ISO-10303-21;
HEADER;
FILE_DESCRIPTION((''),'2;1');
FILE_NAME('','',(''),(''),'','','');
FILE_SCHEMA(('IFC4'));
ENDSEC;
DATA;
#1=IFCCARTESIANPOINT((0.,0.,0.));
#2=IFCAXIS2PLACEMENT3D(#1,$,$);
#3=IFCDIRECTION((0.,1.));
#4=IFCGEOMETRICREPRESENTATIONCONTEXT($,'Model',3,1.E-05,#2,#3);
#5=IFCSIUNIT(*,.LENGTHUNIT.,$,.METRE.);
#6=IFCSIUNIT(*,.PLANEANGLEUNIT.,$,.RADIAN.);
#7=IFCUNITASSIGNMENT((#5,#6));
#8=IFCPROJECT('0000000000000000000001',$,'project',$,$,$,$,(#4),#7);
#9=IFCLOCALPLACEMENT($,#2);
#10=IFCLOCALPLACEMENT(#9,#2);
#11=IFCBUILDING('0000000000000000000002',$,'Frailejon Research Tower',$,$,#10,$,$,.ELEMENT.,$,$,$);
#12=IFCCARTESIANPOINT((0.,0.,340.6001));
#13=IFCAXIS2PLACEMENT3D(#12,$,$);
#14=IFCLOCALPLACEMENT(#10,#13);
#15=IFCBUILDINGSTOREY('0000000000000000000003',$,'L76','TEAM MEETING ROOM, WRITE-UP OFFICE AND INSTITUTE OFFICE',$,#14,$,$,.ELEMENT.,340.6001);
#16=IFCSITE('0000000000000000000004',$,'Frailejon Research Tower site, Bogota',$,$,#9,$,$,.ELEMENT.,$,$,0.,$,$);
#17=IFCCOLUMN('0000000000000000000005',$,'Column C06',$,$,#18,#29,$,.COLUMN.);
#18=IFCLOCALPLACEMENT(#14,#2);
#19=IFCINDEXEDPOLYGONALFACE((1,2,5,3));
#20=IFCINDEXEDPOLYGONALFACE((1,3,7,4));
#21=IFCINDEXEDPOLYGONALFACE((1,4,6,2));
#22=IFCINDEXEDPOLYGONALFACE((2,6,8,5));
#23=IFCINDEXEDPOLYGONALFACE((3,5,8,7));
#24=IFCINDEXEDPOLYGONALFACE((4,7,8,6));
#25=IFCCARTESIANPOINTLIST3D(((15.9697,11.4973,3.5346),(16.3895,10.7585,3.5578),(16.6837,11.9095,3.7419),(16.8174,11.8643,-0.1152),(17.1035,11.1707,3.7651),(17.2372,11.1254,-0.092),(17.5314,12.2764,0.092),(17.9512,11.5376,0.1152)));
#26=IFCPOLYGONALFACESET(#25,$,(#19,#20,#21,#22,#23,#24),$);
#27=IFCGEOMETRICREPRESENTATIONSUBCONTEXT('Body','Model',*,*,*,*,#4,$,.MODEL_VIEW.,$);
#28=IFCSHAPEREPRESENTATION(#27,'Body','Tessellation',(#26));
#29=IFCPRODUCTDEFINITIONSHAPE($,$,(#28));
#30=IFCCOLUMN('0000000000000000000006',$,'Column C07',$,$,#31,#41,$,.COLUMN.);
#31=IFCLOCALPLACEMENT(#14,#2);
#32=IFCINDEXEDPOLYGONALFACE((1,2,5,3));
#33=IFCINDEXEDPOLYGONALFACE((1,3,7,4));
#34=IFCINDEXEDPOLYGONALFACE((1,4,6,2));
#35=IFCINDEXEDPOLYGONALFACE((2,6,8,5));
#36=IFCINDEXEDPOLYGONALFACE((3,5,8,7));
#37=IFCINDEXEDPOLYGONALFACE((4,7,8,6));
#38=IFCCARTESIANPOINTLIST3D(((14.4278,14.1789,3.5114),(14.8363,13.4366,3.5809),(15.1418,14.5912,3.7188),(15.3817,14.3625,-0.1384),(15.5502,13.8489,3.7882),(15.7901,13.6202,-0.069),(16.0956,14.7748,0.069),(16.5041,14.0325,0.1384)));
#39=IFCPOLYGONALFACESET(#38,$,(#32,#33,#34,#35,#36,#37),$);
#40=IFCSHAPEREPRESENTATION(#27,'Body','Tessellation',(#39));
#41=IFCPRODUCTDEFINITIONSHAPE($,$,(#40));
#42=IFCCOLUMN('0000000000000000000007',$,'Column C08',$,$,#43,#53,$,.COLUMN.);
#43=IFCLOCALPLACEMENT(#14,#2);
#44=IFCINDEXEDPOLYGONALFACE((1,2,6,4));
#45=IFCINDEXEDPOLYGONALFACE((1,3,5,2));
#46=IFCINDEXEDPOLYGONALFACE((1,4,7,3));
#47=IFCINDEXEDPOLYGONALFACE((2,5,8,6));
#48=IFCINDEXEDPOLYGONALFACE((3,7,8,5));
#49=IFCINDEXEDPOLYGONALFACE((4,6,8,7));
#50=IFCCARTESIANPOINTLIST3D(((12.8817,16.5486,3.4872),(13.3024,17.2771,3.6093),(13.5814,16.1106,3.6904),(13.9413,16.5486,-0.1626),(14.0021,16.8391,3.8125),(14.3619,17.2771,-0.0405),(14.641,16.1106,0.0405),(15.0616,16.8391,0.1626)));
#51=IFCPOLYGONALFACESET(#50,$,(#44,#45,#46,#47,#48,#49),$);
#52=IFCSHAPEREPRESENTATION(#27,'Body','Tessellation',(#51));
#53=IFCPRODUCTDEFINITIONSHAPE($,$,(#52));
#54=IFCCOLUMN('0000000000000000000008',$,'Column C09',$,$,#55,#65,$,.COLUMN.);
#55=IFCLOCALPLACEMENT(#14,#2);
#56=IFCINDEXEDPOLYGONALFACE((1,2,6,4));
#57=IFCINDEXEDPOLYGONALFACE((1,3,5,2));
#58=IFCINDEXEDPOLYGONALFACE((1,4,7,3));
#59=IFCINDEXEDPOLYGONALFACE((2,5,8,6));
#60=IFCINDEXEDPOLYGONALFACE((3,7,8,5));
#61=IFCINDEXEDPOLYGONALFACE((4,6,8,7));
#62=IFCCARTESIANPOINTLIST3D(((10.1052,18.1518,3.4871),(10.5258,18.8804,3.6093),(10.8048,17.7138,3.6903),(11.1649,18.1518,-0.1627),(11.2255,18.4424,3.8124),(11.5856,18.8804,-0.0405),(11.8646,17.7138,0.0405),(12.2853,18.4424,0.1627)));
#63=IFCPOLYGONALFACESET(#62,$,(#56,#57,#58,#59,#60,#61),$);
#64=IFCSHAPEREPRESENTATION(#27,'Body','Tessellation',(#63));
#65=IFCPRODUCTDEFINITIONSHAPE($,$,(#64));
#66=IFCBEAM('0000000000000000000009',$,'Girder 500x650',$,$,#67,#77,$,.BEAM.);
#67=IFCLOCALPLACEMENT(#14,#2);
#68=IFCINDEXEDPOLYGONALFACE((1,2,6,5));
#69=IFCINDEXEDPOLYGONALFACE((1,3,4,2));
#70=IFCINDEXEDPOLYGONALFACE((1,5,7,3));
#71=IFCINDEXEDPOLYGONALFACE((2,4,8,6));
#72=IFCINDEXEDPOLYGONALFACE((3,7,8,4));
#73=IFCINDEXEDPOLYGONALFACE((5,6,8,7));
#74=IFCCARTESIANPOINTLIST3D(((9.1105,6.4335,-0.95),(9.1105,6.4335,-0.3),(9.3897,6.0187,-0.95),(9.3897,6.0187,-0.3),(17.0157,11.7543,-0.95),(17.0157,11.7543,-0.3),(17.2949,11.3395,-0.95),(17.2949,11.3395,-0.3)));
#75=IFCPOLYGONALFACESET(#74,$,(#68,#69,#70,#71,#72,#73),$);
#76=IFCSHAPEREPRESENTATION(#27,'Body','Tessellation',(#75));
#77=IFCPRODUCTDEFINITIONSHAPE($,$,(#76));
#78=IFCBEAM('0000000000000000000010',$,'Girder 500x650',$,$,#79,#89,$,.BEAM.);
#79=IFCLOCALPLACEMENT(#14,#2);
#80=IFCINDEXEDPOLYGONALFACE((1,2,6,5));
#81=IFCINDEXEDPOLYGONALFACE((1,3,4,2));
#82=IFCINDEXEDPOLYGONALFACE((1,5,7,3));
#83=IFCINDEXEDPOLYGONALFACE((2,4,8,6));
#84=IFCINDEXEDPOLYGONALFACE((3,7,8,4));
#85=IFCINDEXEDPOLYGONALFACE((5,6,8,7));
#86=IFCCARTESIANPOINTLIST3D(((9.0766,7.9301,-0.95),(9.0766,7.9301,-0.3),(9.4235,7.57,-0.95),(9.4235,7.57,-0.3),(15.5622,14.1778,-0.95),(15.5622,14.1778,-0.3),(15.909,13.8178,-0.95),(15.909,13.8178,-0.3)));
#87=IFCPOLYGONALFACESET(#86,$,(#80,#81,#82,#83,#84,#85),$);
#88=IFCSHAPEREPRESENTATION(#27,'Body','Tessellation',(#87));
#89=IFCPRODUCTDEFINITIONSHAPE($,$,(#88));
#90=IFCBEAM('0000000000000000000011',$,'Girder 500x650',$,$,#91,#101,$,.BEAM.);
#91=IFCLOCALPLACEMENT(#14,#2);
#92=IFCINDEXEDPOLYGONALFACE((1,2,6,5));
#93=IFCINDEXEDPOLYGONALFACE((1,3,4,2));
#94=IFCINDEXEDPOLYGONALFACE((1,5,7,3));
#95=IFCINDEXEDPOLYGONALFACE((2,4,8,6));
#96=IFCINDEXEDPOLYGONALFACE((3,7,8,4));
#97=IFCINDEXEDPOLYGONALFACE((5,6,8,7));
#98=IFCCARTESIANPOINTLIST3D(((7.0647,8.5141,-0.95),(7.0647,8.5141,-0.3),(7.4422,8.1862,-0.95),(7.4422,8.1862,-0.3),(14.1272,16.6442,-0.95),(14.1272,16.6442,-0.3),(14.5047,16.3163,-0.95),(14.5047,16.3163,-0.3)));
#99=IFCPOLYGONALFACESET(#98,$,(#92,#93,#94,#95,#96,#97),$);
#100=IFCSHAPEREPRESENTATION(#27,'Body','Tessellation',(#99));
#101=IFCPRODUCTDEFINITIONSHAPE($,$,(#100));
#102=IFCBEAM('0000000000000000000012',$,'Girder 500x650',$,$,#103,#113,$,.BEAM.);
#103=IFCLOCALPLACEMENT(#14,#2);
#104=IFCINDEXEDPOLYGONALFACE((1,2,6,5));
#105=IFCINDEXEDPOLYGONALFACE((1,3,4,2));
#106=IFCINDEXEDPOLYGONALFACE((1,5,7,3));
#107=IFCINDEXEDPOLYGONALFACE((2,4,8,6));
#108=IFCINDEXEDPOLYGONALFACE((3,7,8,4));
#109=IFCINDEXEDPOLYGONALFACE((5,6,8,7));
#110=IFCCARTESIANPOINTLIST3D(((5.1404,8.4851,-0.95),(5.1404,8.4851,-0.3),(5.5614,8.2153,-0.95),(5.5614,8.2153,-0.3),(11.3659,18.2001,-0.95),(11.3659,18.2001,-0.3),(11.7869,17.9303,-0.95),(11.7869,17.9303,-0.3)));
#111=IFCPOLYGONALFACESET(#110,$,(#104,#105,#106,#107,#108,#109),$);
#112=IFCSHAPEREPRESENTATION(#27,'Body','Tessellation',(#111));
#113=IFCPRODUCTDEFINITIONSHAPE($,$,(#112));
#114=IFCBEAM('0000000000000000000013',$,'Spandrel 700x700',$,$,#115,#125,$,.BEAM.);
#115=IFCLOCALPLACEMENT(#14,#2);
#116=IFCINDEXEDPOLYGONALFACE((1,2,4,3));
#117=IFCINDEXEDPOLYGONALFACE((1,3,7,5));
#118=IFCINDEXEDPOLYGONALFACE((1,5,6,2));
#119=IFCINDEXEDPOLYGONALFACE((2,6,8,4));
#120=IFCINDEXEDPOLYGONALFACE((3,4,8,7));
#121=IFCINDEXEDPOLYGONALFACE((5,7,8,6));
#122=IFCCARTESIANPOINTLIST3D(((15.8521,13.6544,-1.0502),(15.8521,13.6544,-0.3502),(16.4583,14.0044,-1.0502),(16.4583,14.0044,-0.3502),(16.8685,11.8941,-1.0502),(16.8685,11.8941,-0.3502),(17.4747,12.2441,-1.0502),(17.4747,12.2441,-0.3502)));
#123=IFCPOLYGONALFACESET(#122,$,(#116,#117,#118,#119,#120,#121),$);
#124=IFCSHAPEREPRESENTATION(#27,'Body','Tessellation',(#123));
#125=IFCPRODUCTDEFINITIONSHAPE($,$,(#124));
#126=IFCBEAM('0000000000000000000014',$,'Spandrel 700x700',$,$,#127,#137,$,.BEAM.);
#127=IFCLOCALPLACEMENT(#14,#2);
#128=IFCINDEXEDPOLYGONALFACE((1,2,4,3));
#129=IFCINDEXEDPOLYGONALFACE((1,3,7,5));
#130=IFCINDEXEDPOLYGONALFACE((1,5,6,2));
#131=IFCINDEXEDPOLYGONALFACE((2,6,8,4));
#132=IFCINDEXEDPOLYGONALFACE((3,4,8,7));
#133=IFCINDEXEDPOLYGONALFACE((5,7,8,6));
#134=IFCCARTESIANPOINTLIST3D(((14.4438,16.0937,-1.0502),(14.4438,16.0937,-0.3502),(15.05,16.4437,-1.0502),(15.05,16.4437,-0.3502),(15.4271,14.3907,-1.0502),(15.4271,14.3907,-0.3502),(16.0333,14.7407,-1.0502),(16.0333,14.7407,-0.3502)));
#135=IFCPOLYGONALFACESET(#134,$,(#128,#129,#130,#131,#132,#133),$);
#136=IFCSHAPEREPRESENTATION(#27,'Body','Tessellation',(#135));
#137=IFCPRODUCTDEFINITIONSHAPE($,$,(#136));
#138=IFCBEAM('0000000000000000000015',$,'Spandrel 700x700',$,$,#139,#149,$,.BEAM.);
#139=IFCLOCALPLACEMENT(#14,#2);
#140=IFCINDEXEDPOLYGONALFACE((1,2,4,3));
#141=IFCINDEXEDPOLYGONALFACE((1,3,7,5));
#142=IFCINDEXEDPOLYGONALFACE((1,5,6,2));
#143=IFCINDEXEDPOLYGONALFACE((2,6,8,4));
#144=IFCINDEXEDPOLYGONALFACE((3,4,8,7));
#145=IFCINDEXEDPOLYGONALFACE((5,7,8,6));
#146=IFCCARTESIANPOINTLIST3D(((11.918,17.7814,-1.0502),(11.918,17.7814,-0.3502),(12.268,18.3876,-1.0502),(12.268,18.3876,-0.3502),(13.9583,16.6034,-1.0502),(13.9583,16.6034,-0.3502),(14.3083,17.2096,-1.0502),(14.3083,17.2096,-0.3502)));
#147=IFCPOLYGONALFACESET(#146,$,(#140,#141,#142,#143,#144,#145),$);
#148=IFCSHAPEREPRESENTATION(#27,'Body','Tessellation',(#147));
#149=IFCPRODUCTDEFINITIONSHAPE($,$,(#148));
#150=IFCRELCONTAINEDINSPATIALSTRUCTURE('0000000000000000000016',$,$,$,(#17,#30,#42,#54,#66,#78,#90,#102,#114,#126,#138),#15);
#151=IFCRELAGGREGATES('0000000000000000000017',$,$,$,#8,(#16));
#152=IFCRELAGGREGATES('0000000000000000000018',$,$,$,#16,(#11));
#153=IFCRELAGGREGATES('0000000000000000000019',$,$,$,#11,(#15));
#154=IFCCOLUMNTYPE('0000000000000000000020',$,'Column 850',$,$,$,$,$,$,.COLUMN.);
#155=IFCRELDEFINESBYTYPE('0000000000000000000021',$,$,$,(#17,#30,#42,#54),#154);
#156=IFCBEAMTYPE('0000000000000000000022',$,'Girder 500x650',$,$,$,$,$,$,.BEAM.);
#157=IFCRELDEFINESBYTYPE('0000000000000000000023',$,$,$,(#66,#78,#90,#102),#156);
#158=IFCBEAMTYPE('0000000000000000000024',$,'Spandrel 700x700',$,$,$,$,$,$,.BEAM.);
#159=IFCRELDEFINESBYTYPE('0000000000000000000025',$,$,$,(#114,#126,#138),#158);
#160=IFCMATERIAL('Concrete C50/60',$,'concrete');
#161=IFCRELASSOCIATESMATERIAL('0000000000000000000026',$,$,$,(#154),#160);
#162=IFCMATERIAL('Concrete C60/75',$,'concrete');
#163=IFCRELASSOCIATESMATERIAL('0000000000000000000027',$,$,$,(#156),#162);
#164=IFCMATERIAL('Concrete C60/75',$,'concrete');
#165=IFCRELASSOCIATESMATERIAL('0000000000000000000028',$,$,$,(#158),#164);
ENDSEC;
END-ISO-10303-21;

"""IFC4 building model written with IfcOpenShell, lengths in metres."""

from ifc_helpers import new_model, si_unit, direction, frame, origin, origin_2d, place, context, subcontext, project, spatial, rectangle, extrude, material, material_profile, profile_set, type_object, element, save


model = new_model("IFC4")

# Units and contexts
model_context = context("Model", 3, precision=1e-05, world=origin(), true_north=direction((0.0, 1.0)))
body_context = subcontext(model_context, "Body", "Model", "MODEL_VIEW")
ifc_project = project(units=[si_unit("LENGTHUNIT", "METRE"), si_unit("PLANEANGLEUNIT", "RADIAN")], contexts=[model_context])

# Site, building, storey
site_placement = place(None, origin())
site = spatial("IfcSite", under=ifc_project, at=site_placement, Name="Frailejon Research Tower site, Bogota", CompositionType="ELEMENT", RefElevation=0.0)
building_placement = place(site_placement, origin())
building = spatial("IfcBuilding", under=site, at=building_placement, Name="Frailejon Research Tower", CompositionType="ELEMENT")
storey_placement = place(building_placement, frame((0.0, 0.0, 340.6001)))
storey = spatial("IfcBuildingStorey", under=building, at=storey_placement, Name="L76", Description="TEAM MEETING ROOM, WRITE-UP OFFICE AND INSTITUTE OFFICE", CompositionType="ELEMENT", Elevation=340.6001)

# Columns
ifc_material_1 = material(Name="Concrete C50/60", Category="concrete")
ifc_material_profile_1 = material_profile(ifc_material_1, rectangle(XDim=0.8501, YDim=0.8501, at=origin_2d()), Name="Column 850")
ifc_profile_set_1 = profile_set([ifc_material_profile_1], Name="Concrete C50/60")
column_type = type_object("IfcColumnType", Name="Column 850", PredefinedType="COLUMN", material=ifc_profile_set_1)
column_1_placement = place(storey_placement, frame((17.3843, 11.7009, 0.0), z_axis=(-0.225143, -0.097463, 0.969439), x_axis=(-0.493822, 0.869134, -0.027307)))
element("IfcColumn", 1, at=column_1_placement, inside=storey, type_object=column_type, Name="Column C06", PredefinedType="COLUMN", context=body_context, shape_type="SweptSolid", body=[
    extrude(rectangle(XDim=0.8501, YDim=0.8501, at=origin_2d()), origin(), (0.0, 0.0, 1.0), 3.7649),
])
column_2_placement = place(storey_placement, frame((15.9429, 14.1975, 0.0), z_axis=(-0.252547, -0.048609, 0.966363), x_axis=(-0.480493, 0.87319, -0.081649)))
element("IfcColumn", 2, at=column_2_placement, inside=storey, type_object=column_type, Name="Column C07", PredefinedType="COLUMN", context=body_context, shape_type="SweptSolid", body=[
    extrude(rectangle(XDim=0.8501, YDim=0.8501, at=origin_2d()), origin(), (0.0, 0.0, 1.0), 3.7769),
])
for number, where, z_axis, x_axis, name in (
    (3, (14.5015, 16.6938, 0.0), (-0.278791, 0.0, 0.960352), (-0.823064, 0.515243, -0.238936), "Column C08"),
    (4, (11.7251, 18.2971, 0.0), (-0.27885, 0.0, 0.960335), (-0.823049, 0.515243, -0.238987), "Column C09"),
):
    element("IfcColumn", number, at=place(storey_placement, frame(where, z_axis=z_axis, x_axis=x_axis)), inside=storey, type_object=column_type, Name=name, PredefinedType="COLUMN", context=body_context, shape_type="SweptSolid", body=[
        extrude(rectangle(XDim=0.8501, YDim=0.8501, at=origin_2d()), origin(), (0.0, 0.0, 1.0), 3.8005),
    ])

# Beams
ifc_material_2 = material(Name="Concrete C60/75", Category="concrete")
ifc_material_profile_2 = material_profile(ifc_material_2, rectangle(XDim=0.5, YDim=0.6499, at=origin_2d()), Name="Girder 500x650")
ifc_profile_set_2 = profile_set([ifc_material_profile_2], Name="Concrete C60/75")
beam_type_1 = type_object("IfcBeamType", Name="Girder 500x650", PredefinedType="BEAM", material=ifc_profile_set_2)
beam_1_placement = place(storey_placement, frame((17.1553, 11.5469, -0.625), z_axis=(-0.82959, -0.558372, 0.0), x_axis=(0.558372, -0.82959, 0.0)))
element("IfcBeam", 5, at=beam_1_placement, inside=storey, type_object=beam_type_1, Name="Girder 500x650", PredefinedType="BEAM", context=body_context, shape_type="SweptSolid", body=[
    extrude(rectangle(XDim=0.5, YDim=0.6499, at=origin_2d()), origin(), (0.0, 0.0, 1.0), 9.5291),
])
beam_2_placement = place(storey_placement, frame((15.7356, 13.9978, -0.625), z_axis=(-0.720186, -0.693781, 0.0), x_axis=(0.693781, -0.720186, 0.0)))
element("IfcBeam", 6, at=beam_2_placement, inside=storey, type_object=beam_type_1, Name="Girder 500x650", PredefinedType="BEAM", context=body_context, shape_type="SweptSolid", body=[
    extrude(rectangle(XDim=0.5, YDim=0.6499, at=origin_2d()), origin(), (0.0, 0.0, 1.0), 9.0054),
])
beam_3_placement = place(storey_placement, frame((14.3159, 16.4802, -0.625), z_axis=(-0.655799, -0.754935, 0.0), x_axis=(0.754935, -0.655799, 0.0)))
element("IfcBeam", 7, at=beam_3_placement, inside=storey, type_object=beam_type_1, Name="Girder 500x650", PredefinedType="BEAM", context=body_context, shape_type="SweptSolid", body=[
    extrude(rectangle(XDim=0.5, YDim=0.6499, at=origin_2d()), origin(), (0.0, 0.0, 1.0), 10.7693),
])
beam_4_placement = place(storey_placement, frame((11.5764, 18.0652, -0.625), z_axis=(-0.539541, -0.841959, 0.0), x_axis=(0.841959, -0.539541, 0.0)))
element("IfcBeam", 8, at=beam_4_placement, inside=storey, type_object=beam_type_1, Name="Girder 500x650", PredefinedType="BEAM", context=body_context, shape_type="SweptSolid", body=[
    extrude(rectangle(XDim=0.5, YDim=0.6499, at=origin_2d()), origin(), (0.0, 0.0, 1.0), 11.5386),
])
ifc_material_3 = material(Name="Concrete C60/75", Category="concrete")
ifc_material_profile_3 = material_profile(ifc_material_3, rectangle(XDim=0.7, YDim=0.7, at=origin_2d()), Name="Spandrel 700x700")
ifc_profile_set_3 = profile_set([ifc_material_profile_3], Name="Concrete C60/75")
beam_type_2 = type_object("IfcBeamType", Name="Spandrel 700x700", PredefinedType="BEAM", material=ifc_profile_set_3)
beam_5_placement = place(storey_placement, frame((17.1716, 12.0691, -0.7002), z_axis=(-0.500027, 0.86601, 0.0), x_axis=(-0.86601, -0.500027, 0.0)))
element("IfcBeam", 9, at=beam_5_placement, inside=storey, type_object=beam_type_2, Name="Spandrel 700x700", PredefinedType="BEAM", context=body_context, shape_type="SweptSolid", body=[
    extrude(rectangle(XDim=0.7, YDim=0.7, at=origin_2d()), origin(), (0.0, 0.0, 1.0), 2.0327),
])
beam_6_placement = place(storey_placement, frame((15.7302, 14.5657, -0.7002), z_axis=(-0.500038, 0.866004, 0.0), x_axis=(-0.866004, -0.500038, 0.0)))
element("IfcBeam", 10, at=beam_6_placement, inside=storey, type_object=beam_type_2, Name="Spandrel 700x700", PredefinedType="BEAM", context=body_context, shape_type="SweptSolid", body=[
    extrude(rectangle(XDim=0.7, YDim=0.7, at=origin_2d()), origin(), (0.0, 0.0, 1.0), 1.9666),
])
beam_7_placement = place(storey_placement, frame((14.1333, 16.9065, -0.7002), z_axis=(-0.866022, 0.500007, 0.0), x_axis=(-0.500007, -0.866022, 0.0)))
element("IfcBeam", 11, at=beam_7_placement, inside=storey, type_object=beam_type_2, Name="Spandrel 700x700", PredefinedType="BEAM", context=body_context, shape_type="SweptSolid", body=[
    extrude(rectangle(XDim=0.7, YDim=0.7, at=origin_2d()), origin(), (0.0, 0.0, 1.0), 2.356),
])

save(model, "model.ifc")
